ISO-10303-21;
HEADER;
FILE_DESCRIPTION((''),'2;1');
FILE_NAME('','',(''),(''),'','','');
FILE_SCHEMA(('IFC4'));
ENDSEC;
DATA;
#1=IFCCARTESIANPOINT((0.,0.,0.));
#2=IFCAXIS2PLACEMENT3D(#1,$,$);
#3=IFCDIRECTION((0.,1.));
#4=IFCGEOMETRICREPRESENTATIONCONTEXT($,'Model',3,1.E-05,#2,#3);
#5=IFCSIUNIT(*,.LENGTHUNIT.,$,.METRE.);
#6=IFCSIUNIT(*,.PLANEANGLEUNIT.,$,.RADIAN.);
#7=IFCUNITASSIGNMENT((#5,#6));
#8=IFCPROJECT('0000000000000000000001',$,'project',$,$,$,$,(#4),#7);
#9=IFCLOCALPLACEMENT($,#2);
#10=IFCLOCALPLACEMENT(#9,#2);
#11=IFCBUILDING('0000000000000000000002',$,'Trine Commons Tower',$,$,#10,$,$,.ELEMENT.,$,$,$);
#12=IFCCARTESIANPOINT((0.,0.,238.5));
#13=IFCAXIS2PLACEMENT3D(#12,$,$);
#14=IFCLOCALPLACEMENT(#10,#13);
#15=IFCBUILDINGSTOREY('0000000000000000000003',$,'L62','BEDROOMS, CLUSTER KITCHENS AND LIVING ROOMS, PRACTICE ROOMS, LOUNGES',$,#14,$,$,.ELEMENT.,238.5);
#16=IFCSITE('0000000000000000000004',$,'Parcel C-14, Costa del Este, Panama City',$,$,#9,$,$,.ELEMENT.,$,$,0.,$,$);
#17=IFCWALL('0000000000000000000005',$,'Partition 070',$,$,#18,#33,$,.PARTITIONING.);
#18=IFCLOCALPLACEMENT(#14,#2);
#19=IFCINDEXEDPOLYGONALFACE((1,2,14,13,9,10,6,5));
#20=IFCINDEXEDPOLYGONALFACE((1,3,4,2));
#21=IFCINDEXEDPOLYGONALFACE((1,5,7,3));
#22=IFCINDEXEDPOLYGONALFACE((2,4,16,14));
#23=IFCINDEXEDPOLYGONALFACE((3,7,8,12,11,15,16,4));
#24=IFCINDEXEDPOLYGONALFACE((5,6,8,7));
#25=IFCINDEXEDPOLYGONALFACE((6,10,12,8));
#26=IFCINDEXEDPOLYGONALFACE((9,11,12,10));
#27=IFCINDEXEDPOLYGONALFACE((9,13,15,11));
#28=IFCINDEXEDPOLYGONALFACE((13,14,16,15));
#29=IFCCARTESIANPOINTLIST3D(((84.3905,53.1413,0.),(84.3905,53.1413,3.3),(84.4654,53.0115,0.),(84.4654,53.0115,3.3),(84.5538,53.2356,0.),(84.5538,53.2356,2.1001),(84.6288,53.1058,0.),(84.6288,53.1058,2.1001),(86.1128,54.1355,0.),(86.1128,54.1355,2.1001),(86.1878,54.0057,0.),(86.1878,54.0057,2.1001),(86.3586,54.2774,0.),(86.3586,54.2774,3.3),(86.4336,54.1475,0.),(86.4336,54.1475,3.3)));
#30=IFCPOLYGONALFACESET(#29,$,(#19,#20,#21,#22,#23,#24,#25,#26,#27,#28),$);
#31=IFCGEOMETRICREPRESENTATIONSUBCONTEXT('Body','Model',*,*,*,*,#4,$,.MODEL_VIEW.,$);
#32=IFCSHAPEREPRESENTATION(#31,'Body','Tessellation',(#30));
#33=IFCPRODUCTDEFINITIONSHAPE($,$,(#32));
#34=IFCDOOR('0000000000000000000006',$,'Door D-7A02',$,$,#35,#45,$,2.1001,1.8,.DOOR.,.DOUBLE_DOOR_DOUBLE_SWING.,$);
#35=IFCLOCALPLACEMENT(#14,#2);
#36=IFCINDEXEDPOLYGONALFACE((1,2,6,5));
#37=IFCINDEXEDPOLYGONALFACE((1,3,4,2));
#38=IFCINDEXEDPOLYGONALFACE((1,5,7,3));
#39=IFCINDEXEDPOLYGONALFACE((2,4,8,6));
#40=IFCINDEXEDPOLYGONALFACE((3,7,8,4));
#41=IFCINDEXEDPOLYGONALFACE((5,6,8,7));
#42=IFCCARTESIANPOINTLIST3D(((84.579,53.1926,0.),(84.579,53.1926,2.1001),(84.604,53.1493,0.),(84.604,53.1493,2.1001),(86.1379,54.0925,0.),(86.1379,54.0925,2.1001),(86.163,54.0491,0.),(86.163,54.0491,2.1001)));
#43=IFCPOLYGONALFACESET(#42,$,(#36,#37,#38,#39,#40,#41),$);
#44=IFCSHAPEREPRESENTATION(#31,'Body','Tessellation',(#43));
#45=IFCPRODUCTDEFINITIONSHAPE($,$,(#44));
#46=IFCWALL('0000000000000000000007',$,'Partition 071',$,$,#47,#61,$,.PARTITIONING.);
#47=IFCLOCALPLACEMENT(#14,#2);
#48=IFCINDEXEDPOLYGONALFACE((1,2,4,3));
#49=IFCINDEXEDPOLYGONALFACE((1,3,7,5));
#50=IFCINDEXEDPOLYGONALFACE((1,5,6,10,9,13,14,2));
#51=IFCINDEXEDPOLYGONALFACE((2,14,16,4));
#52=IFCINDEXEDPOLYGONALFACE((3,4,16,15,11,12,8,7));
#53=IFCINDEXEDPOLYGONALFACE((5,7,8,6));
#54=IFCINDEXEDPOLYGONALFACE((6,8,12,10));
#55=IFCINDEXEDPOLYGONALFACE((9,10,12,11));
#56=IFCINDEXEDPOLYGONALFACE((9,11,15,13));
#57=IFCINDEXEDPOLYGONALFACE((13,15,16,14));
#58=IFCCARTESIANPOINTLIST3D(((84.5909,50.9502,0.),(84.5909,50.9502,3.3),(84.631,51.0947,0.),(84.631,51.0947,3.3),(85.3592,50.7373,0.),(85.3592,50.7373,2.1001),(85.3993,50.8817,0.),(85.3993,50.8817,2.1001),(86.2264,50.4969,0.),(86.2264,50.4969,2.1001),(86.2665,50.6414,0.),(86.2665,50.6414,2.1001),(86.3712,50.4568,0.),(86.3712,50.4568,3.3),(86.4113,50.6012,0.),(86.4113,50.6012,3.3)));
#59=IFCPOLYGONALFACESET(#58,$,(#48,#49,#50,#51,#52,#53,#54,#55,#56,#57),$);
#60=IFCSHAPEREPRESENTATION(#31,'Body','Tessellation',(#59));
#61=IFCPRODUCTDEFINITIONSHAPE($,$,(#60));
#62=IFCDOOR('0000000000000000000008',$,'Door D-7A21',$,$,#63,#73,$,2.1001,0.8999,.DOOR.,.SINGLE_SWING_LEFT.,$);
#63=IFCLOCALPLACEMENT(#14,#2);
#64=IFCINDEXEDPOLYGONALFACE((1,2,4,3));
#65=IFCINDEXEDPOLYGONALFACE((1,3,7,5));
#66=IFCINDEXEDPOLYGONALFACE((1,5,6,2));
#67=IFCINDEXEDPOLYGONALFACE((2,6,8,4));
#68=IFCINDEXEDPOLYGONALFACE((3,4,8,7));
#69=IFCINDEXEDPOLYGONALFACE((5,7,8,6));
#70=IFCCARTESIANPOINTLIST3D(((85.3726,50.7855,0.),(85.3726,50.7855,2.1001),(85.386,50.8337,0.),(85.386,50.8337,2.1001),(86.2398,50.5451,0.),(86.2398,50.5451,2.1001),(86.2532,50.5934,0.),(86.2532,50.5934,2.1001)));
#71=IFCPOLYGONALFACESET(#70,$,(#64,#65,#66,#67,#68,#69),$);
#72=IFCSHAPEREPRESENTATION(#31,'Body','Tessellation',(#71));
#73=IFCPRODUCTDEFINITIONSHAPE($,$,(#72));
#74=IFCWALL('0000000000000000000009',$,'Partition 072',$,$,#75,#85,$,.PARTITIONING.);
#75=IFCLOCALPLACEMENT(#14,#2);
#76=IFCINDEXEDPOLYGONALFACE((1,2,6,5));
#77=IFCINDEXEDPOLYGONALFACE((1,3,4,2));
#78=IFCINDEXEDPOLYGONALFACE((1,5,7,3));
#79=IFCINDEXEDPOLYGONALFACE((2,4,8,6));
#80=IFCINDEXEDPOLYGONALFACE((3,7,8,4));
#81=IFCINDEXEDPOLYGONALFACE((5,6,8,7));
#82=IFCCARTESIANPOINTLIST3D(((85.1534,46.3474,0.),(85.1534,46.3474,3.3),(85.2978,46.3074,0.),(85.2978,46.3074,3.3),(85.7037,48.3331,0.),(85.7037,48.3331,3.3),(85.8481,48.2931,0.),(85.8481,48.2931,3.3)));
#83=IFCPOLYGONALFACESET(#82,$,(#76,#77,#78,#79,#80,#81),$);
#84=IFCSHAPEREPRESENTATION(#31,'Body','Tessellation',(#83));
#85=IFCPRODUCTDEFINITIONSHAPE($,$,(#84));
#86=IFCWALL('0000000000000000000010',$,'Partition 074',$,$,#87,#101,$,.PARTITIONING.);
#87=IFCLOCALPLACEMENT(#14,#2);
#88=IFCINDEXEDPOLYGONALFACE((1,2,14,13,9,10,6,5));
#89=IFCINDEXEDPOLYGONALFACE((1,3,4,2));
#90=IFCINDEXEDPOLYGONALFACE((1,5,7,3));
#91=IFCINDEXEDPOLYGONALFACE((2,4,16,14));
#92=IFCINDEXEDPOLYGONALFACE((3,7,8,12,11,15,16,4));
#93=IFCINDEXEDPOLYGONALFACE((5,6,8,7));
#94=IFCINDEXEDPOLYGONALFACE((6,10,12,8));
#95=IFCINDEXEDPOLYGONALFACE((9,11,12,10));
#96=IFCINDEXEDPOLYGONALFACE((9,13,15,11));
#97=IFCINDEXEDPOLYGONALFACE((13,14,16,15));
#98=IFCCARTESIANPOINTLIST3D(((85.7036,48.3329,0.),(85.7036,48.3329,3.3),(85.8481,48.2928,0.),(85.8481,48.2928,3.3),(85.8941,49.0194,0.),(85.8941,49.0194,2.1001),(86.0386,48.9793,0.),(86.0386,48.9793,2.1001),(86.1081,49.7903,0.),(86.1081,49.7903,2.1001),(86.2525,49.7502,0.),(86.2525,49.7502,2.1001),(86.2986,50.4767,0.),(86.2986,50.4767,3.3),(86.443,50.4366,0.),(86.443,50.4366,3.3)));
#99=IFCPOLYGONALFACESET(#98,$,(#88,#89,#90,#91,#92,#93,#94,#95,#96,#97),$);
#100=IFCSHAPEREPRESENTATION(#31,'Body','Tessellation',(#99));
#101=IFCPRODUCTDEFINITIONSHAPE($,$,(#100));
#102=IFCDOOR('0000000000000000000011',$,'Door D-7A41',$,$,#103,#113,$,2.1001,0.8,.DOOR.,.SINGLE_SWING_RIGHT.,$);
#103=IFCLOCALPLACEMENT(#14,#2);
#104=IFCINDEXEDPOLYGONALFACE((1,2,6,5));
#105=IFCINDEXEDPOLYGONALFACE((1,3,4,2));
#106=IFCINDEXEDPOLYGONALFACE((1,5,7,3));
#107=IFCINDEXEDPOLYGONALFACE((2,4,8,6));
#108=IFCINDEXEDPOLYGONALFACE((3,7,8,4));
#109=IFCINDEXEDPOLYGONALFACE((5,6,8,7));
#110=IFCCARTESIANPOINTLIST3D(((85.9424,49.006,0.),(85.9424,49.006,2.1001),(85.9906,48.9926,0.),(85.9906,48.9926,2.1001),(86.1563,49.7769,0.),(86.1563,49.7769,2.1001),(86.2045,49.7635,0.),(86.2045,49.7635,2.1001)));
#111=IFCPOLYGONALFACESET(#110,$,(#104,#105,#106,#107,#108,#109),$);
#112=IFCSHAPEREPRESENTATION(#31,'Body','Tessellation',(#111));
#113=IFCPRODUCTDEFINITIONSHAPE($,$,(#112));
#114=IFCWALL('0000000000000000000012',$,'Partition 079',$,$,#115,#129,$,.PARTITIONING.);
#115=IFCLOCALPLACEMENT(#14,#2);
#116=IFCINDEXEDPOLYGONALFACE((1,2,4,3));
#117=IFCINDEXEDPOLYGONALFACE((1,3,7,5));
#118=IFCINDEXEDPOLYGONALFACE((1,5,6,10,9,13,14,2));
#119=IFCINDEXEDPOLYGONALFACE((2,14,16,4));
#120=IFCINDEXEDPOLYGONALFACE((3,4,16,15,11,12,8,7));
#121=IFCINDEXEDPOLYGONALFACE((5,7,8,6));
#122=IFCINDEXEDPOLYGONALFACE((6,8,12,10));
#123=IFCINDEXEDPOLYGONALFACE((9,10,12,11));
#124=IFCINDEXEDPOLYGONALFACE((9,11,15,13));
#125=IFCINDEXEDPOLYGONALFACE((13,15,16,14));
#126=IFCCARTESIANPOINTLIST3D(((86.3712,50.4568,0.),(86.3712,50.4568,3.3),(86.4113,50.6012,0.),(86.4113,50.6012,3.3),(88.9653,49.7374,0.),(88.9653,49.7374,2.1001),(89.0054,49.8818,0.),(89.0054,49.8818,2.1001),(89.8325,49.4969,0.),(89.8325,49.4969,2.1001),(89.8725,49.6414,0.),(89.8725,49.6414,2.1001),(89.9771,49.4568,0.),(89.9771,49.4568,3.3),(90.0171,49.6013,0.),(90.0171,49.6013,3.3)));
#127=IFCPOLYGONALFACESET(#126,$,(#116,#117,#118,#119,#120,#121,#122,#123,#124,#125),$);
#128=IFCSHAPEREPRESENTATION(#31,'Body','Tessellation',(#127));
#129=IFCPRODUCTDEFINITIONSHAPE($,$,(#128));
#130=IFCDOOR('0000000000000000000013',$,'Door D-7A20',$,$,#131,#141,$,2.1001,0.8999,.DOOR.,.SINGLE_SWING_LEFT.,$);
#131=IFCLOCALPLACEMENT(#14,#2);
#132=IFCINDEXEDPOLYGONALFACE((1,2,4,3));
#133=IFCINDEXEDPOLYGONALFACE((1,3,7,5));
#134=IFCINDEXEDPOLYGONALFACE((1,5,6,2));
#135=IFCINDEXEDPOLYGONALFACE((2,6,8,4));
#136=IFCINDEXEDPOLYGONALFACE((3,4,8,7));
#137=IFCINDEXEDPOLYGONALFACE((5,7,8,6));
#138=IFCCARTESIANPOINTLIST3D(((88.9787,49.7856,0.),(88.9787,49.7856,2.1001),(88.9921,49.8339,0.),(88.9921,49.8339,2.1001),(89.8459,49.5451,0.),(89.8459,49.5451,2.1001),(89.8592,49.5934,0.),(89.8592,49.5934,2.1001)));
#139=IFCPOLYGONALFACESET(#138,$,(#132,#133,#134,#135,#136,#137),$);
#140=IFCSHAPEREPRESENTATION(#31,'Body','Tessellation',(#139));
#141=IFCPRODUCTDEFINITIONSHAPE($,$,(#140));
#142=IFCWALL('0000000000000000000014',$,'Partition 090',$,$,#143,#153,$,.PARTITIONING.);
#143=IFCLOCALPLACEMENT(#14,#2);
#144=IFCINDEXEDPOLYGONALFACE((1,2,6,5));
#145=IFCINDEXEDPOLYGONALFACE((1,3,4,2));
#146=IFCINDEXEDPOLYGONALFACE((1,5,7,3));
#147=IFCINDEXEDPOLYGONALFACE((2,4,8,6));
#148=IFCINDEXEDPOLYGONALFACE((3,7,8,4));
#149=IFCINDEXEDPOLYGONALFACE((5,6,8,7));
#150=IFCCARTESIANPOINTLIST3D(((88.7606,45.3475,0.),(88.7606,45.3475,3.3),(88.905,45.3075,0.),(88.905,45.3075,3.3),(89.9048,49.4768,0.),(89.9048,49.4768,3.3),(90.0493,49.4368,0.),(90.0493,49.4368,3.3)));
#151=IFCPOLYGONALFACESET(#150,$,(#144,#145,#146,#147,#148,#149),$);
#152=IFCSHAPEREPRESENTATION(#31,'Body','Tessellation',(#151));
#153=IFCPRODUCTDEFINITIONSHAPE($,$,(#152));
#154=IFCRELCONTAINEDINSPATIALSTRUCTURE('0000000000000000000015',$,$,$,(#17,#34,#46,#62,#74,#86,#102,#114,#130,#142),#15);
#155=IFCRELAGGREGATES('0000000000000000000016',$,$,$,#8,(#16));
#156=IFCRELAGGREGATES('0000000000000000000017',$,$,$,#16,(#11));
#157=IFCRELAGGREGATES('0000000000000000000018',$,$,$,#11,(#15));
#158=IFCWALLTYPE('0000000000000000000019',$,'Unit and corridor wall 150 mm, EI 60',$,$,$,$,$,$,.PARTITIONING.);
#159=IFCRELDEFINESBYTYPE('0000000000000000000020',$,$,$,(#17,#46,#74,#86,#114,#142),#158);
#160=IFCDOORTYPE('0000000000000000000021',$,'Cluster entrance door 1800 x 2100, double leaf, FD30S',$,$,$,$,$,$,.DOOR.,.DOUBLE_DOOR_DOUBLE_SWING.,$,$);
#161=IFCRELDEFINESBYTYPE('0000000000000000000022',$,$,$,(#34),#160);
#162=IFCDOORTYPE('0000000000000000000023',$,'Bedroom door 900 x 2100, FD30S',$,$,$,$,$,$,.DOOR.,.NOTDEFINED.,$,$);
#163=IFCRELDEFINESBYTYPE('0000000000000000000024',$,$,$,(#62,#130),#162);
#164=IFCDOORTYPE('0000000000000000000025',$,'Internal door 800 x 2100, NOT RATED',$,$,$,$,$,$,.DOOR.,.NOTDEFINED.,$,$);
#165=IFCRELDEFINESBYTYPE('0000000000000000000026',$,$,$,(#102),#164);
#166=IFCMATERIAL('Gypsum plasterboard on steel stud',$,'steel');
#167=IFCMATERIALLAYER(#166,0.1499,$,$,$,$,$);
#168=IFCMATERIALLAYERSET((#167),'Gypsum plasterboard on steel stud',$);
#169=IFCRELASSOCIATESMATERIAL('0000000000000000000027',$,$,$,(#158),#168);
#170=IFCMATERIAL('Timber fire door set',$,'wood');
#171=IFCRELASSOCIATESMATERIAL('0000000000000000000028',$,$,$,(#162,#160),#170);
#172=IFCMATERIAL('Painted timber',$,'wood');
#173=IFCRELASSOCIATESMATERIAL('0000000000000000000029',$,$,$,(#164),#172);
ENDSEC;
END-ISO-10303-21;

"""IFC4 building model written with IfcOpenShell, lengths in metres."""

from ifc_helpers import new_model, si_unit, direction, frame, frame_2d, origin, place, context, subcontext, project, spatial, rectangle, extrude, material, layer, layer_set, type_object, element, fill, save


model = new_model("IFC4")

# Units and contexts
model_context = context("Model", 3, precision=1e-05, world=origin(), true_north=direction((0.0, 1.0)))
body_context = subcontext(model_context, "Body", "Model", "MODEL_VIEW")
ifc_project = project(units=[si_unit("LENGTHUNIT", "METRE"), si_unit("PLANEANGLEUNIT", "RADIAN")], contexts=[model_context])

# Site, building, storey
site_placement = place(None, origin())
site = spatial("IfcSite", under=ifc_project, at=site_placement, Name="Parcel C-14, Costa del Este, Panama City", CompositionType="ELEMENT", RefElevation=0.0)
building_placement = place(site_placement, origin())
building = spatial("IfcBuilding", under=site, at=building_placement, Name="Trine Commons Tower", CompositionType="ELEMENT")
storey_placement = place(building_placement, frame((0.0, 0.0, 238.5)))
storey = spatial("IfcBuildingStorey", under=building, at=storey_placement, Name="L62", Description="BEDROOMS, CLUSTER KITCHENS AND LIVING ROOMS, PRACTICE ROOMS, LOUNGES", CompositionType="ELEMENT", Elevation=238.5)

# Shared definitions
ifc_material_1 = material(Name="Gypsum plasterboard on steel stud", Category="steel")
ifc_layer_1 = layer(ifc_material_1, 0.1499)
ifc_layer_set_1 = layer_set([ifc_layer_1], Name="Gypsum plasterboard on steel stud")
wall_type_1 = type_object("IfcWallType", Name="Unit and corridor wall 150 mm, EI 60", PredefinedType="PARTITIONING", material=ifc_layer_set_1)
ifc_material_2 = material(Name="Timber fire door set", Category="wood")
door_type_1 = type_object("IfcDoorType", Name="Bedroom door 900 x 2100, FD30S", OperationType="NOTDEFINED", PredefinedType="DOOR", material=ifc_material_2)

# Shared definitions
ifc_material_3 = material(Name="Painted timber", Category="wood")
door_type_2 = type_object("IfcDoorType", Name="Internal door 800 x 2100, NOT RATED", OperationType="NOTDEFINED", PredefinedType="DOOR", material=ifc_material_3)

# Walls, openings, doors
wall_1_placement = place(storey_placement, frame((84.428, 53.0764, 0.0), z_axis=(0.0, 0.0, 1.0), x_axis=(0.866073, 0.499918, 0.0)))
wall_1 = element("IfcWall", 1, at=wall_1_placement, inside=storey, type_object=wall_type_1, Name="Partition 070", PredefinedType="PARTITIONING", context=body_context, shape_type="SweptSolid", body=[
    extrude(rectangle(XDim=2.2725, YDim=0.1499, at=frame_2d((1.1362, 0.0))), origin(), (0.0, 0.0, 1.0), 3.3),
])
opening_1_placement = place(wall_1_placement, frame((0.1887, 0.0, 0.0)))
opening_1 = element("IfcOpeningElement", 2, at=opening_1_placement, cuts=wall_1, PredefinedType="OPENING", context=body_context, shape_type="SweptSolid", body=[
    extrude(rectangle(XDim=1.8, YDim=2.1001, at=frame_2d((0.8999, 1.05))), frame((0.0, 0.085, 0.0), z_axis=(0.0, -1.0, 0.0), x_axis=(1.0, 0.0, 0.0)), (0.0, 0.0, 1.0), 0.1699),
])
door_type_3 = type_object("IfcDoorType", Name="Cluster entrance door 1800 x 2100, double leaf, FD30S", OperationType="DOUBLE_DOOR_DOUBLE_SWING", PredefinedType="DOOR", material=ifc_material_2)
door_1_placement = place(opening_1_placement, frame((1.8, 0.0, 0.0), z_axis=(0.0, 0.0, 1.0), x_axis=(-1.0, 0.0, 0.0)))
door_1 = element("IfcDoor", 3, at=door_1_placement, inside=storey, type_object=door_type_3, Name="Door D-7A02", OperationType="DOUBLE_DOOR_DOUBLE_SWING", OverallHeight=2.1001, OverallWidth=1.8, PredefinedType="DOOR", context=body_context, shape_type="SweptSolid", body=[
    extrude(rectangle(XDim=1.8, YDim=2.1001, at=frame_2d((0.8999, 1.05))), frame((0.0, 0.0249, 0.0), z_axis=(0.0, -1.0, 0.0), x_axis=(1.0, 0.0, 0.0)), (0.0, 0.0, 1.0), 0.05),
])
fill(opening_1, door_1)
wall_2_placement = place(storey_placement, frame((84.6108, 51.0225, 0.0), z_axis=(0.0, 0.0, 1.0), x_axis=(0.963673, -0.267085, 0.0)))
wall_2 = element("IfcWall", 4, at=wall_2_placement, inside=storey, type_object=wall_type_1, Name="Partition 071", PredefinedType="PARTITIONING", context=body_context, shape_type="SweptSolid", body=[
    extrude(rectangle(XDim=1.8474, YDim=0.1499, at=frame_2d((0.9238, 0.0))), origin(), (0.0, 0.0, 1.0), 3.3),
])
opening_2_placement = place(wall_2_placement, frame((0.7974, 0.0, 0.0)))
opening_2 = element("IfcOpeningElement", 5, at=opening_2_placement, cuts=wall_2, PredefinedType="OPENING", context=body_context, shape_type="SweptSolid", body=[
    extrude(rectangle(XDim=0.8999, YDim=2.1001, at=frame_2d((0.45, 1.05))), frame((0.0, 0.085, 0.0), z_axis=(0.0, -1.0, 0.0), x_axis=(1.0, 0.0, 0.0)), (0.0, 0.0, 1.0), 0.1699),
])
door_2_placement = place(opening_2_placement, frame((0.8999, 0.0, 0.0), z_axis=(0.0, 0.0, 1.0), x_axis=(-1.0, 0.0, 0.0)))
door_2 = element("IfcDoor", 6, at=door_2_placement, inside=storey, type_object=door_type_1, Name="Door D-7A21", OperationType="SINGLE_SWING_LEFT", OverallHeight=2.1001, OverallWidth=0.8999, PredefinedType="DOOR", context=body_context, shape_type="SweptSolid", body=[
    extrude(rectangle(XDim=0.8999, YDim=2.1001, at=frame_2d((0.45, 1.05))), frame((0.0, 0.0249, 0.0), z_axis=(0.0, -1.0, 0.0), x_axis=(1.0, 0.0, 0.0)), (0.0, 0.0, 1.0), 0.05),
])
fill(opening_2, door_2)

# Wall
wall_3_placement = place(storey_placement, frame((85.2256, 46.3274, 0.0), z_axis=(0.0, 0.0, 1.0), x_axis=(0.267075, 0.963676, 0.0)))
element("IfcWall", 7, at=wall_3_placement, inside=storey, type_object=wall_type_1, Name="Partition 072", PredefinedType="PARTITIONING", context=body_context, shape_type="SweptSolid", body=[
    extrude(rectangle(XDim=2.0605, YDim=0.1499, at=frame_2d((1.0303, 0.0))), origin(), (0.0, 0.0, 1.0), 3.3),
])

# Walls, openings, doors
wall_4_placement = place(storey_placement, frame((85.7759, 48.313, 0.0), z_axis=(0.0, 0.0, 1.0), x_axis=(0.267423, 0.963579, 0.0)))
wall_4 = element("IfcWall", 8, at=wall_4_placement, inside=storey, type_object=wall_type_1, Name="Partition 074", PredefinedType="PARTITIONING", context=body_context, shape_type="SweptSolid", body=[
    extrude(rectangle(XDim=2.2249, YDim=0.1499, at=frame_2d((1.1123, 0.0))), origin(), (0.0, 0.0, 1.0), 3.3),
])
opening_3_placement = place(wall_4_placement, frame((0.7124, 0.0, 0.0)))
opening_3 = element("IfcOpeningElement", 9, at=opening_3_placement, cuts=wall_4, PredefinedType="OPENING", context=body_context, shape_type="SweptSolid", body=[
    extrude(rectangle(XDim=0.8, YDim=2.1001, at=frame_2d((0.3999, 1.05))), frame((0.0, 0.085, 0.0), z_axis=(0.0, -1.0, 0.0), x_axis=(1.0, 0.0, 0.0)), (0.0, 0.0, 1.0), 0.1699),
])
door_3_placement = place(opening_3_placement, origin())
door_3 = element("IfcDoor", 10, at=door_3_placement, inside=storey, type_object=door_type_2, Name="Door D-7A41", OperationType="SINGLE_SWING_RIGHT", OverallHeight=2.1001, OverallWidth=0.8, PredefinedType="DOOR", context=body_context, shape_type="SweptSolid", body=[
    extrude(rectangle(XDim=0.8, YDim=2.1001, at=frame_2d((0.3999, 1.05))), frame((0.0, 0.0249, 0.0), z_axis=(0.0, -1.0, 0.0), x_axis=(1.0, 0.0, 0.0)), (0.0, 0.0, 1.0), 0.05),
])
fill(opening_3, door_3)
wall_5_placement = place(storey_placement, frame((86.3911, 50.5291, 0.0), z_axis=(0.0, 0.0, 1.0), x_axis=(0.963632, -0.267233, 0.0)))
wall_5 = element("IfcWall", 11, at=wall_5_placement, inside=storey, type_object=wall_type_1, Name="Partition 079", PredefinedType="PARTITIONING", context=body_context, shape_type="SweptSolid", body=[
    extrude(rectangle(XDim=3.7419, YDim=0.1499, at=frame_2d((1.8711, 0.0))), origin(), (0.0, 0.0, 1.0), 3.3),
])
opening_4_placement = place(wall_5_placement, frame((2.6921, 0.0, 0.0)))
opening_4 = element("IfcOpeningElement", 12, at=opening_4_placement, cuts=wall_5, PredefinedType="OPENING", context=body_context, shape_type="SweptSolid", body=[
    extrude(rectangle(XDim=0.8999, YDim=2.1001, at=frame_2d((0.45, 1.05))), frame((0.0, 0.085, 0.0), z_axis=(0.0, -1.0, 0.0), x_axis=(1.0, 0.0, 0.0)), (0.0, 0.0, 1.0), 0.1699),
])
door_4_placement = place(opening_4_placement, frame((0.8999, 0.0, 0.0), z_axis=(0.0, 0.0, 1.0), x_axis=(-1.0, 0.0, 0.0)))
door_4 = element("IfcDoor", 13, at=door_4_placement, inside=storey, type_object=door_type_1, Name="Door D-7A20", OperationType="SINGLE_SWING_LEFT", OverallHeight=2.1001, OverallWidth=0.8999, PredefinedType="DOOR", context=body_context, shape_type="SweptSolid", body=[
    extrude(rectangle(XDim=0.8999, YDim=2.1001, at=frame_2d((0.45, 1.05))), frame((0.0, 0.0249, 0.0), z_axis=(0.0, -1.0, 0.0), x_axis=(1.0, 0.0, 0.0)), (0.0, 0.0, 1.0), 0.05),
])
fill(opening_4, door_4)

# Wall
wall_6_placement = place(storey_placement, frame((88.8328, 45.3274, 0.0), z_axis=(0.0, 0.0, 1.0), x_axis=(0.267044, 0.963684, 0.0)))
element("IfcWall", 14, at=wall_6_placement, inside=storey, type_object=wall_type_1, Name="Partition 090", PredefinedType="PARTITIONING", context=body_context, shape_type="SweptSolid", body=[
    extrude(rectangle(XDim=4.2849, YDim=0.1499, at=frame_2d((2.1426, 0.0))), origin(), (0.0, 0.0, 1.0), 3.3),
])

save(model, "model.ifc")
